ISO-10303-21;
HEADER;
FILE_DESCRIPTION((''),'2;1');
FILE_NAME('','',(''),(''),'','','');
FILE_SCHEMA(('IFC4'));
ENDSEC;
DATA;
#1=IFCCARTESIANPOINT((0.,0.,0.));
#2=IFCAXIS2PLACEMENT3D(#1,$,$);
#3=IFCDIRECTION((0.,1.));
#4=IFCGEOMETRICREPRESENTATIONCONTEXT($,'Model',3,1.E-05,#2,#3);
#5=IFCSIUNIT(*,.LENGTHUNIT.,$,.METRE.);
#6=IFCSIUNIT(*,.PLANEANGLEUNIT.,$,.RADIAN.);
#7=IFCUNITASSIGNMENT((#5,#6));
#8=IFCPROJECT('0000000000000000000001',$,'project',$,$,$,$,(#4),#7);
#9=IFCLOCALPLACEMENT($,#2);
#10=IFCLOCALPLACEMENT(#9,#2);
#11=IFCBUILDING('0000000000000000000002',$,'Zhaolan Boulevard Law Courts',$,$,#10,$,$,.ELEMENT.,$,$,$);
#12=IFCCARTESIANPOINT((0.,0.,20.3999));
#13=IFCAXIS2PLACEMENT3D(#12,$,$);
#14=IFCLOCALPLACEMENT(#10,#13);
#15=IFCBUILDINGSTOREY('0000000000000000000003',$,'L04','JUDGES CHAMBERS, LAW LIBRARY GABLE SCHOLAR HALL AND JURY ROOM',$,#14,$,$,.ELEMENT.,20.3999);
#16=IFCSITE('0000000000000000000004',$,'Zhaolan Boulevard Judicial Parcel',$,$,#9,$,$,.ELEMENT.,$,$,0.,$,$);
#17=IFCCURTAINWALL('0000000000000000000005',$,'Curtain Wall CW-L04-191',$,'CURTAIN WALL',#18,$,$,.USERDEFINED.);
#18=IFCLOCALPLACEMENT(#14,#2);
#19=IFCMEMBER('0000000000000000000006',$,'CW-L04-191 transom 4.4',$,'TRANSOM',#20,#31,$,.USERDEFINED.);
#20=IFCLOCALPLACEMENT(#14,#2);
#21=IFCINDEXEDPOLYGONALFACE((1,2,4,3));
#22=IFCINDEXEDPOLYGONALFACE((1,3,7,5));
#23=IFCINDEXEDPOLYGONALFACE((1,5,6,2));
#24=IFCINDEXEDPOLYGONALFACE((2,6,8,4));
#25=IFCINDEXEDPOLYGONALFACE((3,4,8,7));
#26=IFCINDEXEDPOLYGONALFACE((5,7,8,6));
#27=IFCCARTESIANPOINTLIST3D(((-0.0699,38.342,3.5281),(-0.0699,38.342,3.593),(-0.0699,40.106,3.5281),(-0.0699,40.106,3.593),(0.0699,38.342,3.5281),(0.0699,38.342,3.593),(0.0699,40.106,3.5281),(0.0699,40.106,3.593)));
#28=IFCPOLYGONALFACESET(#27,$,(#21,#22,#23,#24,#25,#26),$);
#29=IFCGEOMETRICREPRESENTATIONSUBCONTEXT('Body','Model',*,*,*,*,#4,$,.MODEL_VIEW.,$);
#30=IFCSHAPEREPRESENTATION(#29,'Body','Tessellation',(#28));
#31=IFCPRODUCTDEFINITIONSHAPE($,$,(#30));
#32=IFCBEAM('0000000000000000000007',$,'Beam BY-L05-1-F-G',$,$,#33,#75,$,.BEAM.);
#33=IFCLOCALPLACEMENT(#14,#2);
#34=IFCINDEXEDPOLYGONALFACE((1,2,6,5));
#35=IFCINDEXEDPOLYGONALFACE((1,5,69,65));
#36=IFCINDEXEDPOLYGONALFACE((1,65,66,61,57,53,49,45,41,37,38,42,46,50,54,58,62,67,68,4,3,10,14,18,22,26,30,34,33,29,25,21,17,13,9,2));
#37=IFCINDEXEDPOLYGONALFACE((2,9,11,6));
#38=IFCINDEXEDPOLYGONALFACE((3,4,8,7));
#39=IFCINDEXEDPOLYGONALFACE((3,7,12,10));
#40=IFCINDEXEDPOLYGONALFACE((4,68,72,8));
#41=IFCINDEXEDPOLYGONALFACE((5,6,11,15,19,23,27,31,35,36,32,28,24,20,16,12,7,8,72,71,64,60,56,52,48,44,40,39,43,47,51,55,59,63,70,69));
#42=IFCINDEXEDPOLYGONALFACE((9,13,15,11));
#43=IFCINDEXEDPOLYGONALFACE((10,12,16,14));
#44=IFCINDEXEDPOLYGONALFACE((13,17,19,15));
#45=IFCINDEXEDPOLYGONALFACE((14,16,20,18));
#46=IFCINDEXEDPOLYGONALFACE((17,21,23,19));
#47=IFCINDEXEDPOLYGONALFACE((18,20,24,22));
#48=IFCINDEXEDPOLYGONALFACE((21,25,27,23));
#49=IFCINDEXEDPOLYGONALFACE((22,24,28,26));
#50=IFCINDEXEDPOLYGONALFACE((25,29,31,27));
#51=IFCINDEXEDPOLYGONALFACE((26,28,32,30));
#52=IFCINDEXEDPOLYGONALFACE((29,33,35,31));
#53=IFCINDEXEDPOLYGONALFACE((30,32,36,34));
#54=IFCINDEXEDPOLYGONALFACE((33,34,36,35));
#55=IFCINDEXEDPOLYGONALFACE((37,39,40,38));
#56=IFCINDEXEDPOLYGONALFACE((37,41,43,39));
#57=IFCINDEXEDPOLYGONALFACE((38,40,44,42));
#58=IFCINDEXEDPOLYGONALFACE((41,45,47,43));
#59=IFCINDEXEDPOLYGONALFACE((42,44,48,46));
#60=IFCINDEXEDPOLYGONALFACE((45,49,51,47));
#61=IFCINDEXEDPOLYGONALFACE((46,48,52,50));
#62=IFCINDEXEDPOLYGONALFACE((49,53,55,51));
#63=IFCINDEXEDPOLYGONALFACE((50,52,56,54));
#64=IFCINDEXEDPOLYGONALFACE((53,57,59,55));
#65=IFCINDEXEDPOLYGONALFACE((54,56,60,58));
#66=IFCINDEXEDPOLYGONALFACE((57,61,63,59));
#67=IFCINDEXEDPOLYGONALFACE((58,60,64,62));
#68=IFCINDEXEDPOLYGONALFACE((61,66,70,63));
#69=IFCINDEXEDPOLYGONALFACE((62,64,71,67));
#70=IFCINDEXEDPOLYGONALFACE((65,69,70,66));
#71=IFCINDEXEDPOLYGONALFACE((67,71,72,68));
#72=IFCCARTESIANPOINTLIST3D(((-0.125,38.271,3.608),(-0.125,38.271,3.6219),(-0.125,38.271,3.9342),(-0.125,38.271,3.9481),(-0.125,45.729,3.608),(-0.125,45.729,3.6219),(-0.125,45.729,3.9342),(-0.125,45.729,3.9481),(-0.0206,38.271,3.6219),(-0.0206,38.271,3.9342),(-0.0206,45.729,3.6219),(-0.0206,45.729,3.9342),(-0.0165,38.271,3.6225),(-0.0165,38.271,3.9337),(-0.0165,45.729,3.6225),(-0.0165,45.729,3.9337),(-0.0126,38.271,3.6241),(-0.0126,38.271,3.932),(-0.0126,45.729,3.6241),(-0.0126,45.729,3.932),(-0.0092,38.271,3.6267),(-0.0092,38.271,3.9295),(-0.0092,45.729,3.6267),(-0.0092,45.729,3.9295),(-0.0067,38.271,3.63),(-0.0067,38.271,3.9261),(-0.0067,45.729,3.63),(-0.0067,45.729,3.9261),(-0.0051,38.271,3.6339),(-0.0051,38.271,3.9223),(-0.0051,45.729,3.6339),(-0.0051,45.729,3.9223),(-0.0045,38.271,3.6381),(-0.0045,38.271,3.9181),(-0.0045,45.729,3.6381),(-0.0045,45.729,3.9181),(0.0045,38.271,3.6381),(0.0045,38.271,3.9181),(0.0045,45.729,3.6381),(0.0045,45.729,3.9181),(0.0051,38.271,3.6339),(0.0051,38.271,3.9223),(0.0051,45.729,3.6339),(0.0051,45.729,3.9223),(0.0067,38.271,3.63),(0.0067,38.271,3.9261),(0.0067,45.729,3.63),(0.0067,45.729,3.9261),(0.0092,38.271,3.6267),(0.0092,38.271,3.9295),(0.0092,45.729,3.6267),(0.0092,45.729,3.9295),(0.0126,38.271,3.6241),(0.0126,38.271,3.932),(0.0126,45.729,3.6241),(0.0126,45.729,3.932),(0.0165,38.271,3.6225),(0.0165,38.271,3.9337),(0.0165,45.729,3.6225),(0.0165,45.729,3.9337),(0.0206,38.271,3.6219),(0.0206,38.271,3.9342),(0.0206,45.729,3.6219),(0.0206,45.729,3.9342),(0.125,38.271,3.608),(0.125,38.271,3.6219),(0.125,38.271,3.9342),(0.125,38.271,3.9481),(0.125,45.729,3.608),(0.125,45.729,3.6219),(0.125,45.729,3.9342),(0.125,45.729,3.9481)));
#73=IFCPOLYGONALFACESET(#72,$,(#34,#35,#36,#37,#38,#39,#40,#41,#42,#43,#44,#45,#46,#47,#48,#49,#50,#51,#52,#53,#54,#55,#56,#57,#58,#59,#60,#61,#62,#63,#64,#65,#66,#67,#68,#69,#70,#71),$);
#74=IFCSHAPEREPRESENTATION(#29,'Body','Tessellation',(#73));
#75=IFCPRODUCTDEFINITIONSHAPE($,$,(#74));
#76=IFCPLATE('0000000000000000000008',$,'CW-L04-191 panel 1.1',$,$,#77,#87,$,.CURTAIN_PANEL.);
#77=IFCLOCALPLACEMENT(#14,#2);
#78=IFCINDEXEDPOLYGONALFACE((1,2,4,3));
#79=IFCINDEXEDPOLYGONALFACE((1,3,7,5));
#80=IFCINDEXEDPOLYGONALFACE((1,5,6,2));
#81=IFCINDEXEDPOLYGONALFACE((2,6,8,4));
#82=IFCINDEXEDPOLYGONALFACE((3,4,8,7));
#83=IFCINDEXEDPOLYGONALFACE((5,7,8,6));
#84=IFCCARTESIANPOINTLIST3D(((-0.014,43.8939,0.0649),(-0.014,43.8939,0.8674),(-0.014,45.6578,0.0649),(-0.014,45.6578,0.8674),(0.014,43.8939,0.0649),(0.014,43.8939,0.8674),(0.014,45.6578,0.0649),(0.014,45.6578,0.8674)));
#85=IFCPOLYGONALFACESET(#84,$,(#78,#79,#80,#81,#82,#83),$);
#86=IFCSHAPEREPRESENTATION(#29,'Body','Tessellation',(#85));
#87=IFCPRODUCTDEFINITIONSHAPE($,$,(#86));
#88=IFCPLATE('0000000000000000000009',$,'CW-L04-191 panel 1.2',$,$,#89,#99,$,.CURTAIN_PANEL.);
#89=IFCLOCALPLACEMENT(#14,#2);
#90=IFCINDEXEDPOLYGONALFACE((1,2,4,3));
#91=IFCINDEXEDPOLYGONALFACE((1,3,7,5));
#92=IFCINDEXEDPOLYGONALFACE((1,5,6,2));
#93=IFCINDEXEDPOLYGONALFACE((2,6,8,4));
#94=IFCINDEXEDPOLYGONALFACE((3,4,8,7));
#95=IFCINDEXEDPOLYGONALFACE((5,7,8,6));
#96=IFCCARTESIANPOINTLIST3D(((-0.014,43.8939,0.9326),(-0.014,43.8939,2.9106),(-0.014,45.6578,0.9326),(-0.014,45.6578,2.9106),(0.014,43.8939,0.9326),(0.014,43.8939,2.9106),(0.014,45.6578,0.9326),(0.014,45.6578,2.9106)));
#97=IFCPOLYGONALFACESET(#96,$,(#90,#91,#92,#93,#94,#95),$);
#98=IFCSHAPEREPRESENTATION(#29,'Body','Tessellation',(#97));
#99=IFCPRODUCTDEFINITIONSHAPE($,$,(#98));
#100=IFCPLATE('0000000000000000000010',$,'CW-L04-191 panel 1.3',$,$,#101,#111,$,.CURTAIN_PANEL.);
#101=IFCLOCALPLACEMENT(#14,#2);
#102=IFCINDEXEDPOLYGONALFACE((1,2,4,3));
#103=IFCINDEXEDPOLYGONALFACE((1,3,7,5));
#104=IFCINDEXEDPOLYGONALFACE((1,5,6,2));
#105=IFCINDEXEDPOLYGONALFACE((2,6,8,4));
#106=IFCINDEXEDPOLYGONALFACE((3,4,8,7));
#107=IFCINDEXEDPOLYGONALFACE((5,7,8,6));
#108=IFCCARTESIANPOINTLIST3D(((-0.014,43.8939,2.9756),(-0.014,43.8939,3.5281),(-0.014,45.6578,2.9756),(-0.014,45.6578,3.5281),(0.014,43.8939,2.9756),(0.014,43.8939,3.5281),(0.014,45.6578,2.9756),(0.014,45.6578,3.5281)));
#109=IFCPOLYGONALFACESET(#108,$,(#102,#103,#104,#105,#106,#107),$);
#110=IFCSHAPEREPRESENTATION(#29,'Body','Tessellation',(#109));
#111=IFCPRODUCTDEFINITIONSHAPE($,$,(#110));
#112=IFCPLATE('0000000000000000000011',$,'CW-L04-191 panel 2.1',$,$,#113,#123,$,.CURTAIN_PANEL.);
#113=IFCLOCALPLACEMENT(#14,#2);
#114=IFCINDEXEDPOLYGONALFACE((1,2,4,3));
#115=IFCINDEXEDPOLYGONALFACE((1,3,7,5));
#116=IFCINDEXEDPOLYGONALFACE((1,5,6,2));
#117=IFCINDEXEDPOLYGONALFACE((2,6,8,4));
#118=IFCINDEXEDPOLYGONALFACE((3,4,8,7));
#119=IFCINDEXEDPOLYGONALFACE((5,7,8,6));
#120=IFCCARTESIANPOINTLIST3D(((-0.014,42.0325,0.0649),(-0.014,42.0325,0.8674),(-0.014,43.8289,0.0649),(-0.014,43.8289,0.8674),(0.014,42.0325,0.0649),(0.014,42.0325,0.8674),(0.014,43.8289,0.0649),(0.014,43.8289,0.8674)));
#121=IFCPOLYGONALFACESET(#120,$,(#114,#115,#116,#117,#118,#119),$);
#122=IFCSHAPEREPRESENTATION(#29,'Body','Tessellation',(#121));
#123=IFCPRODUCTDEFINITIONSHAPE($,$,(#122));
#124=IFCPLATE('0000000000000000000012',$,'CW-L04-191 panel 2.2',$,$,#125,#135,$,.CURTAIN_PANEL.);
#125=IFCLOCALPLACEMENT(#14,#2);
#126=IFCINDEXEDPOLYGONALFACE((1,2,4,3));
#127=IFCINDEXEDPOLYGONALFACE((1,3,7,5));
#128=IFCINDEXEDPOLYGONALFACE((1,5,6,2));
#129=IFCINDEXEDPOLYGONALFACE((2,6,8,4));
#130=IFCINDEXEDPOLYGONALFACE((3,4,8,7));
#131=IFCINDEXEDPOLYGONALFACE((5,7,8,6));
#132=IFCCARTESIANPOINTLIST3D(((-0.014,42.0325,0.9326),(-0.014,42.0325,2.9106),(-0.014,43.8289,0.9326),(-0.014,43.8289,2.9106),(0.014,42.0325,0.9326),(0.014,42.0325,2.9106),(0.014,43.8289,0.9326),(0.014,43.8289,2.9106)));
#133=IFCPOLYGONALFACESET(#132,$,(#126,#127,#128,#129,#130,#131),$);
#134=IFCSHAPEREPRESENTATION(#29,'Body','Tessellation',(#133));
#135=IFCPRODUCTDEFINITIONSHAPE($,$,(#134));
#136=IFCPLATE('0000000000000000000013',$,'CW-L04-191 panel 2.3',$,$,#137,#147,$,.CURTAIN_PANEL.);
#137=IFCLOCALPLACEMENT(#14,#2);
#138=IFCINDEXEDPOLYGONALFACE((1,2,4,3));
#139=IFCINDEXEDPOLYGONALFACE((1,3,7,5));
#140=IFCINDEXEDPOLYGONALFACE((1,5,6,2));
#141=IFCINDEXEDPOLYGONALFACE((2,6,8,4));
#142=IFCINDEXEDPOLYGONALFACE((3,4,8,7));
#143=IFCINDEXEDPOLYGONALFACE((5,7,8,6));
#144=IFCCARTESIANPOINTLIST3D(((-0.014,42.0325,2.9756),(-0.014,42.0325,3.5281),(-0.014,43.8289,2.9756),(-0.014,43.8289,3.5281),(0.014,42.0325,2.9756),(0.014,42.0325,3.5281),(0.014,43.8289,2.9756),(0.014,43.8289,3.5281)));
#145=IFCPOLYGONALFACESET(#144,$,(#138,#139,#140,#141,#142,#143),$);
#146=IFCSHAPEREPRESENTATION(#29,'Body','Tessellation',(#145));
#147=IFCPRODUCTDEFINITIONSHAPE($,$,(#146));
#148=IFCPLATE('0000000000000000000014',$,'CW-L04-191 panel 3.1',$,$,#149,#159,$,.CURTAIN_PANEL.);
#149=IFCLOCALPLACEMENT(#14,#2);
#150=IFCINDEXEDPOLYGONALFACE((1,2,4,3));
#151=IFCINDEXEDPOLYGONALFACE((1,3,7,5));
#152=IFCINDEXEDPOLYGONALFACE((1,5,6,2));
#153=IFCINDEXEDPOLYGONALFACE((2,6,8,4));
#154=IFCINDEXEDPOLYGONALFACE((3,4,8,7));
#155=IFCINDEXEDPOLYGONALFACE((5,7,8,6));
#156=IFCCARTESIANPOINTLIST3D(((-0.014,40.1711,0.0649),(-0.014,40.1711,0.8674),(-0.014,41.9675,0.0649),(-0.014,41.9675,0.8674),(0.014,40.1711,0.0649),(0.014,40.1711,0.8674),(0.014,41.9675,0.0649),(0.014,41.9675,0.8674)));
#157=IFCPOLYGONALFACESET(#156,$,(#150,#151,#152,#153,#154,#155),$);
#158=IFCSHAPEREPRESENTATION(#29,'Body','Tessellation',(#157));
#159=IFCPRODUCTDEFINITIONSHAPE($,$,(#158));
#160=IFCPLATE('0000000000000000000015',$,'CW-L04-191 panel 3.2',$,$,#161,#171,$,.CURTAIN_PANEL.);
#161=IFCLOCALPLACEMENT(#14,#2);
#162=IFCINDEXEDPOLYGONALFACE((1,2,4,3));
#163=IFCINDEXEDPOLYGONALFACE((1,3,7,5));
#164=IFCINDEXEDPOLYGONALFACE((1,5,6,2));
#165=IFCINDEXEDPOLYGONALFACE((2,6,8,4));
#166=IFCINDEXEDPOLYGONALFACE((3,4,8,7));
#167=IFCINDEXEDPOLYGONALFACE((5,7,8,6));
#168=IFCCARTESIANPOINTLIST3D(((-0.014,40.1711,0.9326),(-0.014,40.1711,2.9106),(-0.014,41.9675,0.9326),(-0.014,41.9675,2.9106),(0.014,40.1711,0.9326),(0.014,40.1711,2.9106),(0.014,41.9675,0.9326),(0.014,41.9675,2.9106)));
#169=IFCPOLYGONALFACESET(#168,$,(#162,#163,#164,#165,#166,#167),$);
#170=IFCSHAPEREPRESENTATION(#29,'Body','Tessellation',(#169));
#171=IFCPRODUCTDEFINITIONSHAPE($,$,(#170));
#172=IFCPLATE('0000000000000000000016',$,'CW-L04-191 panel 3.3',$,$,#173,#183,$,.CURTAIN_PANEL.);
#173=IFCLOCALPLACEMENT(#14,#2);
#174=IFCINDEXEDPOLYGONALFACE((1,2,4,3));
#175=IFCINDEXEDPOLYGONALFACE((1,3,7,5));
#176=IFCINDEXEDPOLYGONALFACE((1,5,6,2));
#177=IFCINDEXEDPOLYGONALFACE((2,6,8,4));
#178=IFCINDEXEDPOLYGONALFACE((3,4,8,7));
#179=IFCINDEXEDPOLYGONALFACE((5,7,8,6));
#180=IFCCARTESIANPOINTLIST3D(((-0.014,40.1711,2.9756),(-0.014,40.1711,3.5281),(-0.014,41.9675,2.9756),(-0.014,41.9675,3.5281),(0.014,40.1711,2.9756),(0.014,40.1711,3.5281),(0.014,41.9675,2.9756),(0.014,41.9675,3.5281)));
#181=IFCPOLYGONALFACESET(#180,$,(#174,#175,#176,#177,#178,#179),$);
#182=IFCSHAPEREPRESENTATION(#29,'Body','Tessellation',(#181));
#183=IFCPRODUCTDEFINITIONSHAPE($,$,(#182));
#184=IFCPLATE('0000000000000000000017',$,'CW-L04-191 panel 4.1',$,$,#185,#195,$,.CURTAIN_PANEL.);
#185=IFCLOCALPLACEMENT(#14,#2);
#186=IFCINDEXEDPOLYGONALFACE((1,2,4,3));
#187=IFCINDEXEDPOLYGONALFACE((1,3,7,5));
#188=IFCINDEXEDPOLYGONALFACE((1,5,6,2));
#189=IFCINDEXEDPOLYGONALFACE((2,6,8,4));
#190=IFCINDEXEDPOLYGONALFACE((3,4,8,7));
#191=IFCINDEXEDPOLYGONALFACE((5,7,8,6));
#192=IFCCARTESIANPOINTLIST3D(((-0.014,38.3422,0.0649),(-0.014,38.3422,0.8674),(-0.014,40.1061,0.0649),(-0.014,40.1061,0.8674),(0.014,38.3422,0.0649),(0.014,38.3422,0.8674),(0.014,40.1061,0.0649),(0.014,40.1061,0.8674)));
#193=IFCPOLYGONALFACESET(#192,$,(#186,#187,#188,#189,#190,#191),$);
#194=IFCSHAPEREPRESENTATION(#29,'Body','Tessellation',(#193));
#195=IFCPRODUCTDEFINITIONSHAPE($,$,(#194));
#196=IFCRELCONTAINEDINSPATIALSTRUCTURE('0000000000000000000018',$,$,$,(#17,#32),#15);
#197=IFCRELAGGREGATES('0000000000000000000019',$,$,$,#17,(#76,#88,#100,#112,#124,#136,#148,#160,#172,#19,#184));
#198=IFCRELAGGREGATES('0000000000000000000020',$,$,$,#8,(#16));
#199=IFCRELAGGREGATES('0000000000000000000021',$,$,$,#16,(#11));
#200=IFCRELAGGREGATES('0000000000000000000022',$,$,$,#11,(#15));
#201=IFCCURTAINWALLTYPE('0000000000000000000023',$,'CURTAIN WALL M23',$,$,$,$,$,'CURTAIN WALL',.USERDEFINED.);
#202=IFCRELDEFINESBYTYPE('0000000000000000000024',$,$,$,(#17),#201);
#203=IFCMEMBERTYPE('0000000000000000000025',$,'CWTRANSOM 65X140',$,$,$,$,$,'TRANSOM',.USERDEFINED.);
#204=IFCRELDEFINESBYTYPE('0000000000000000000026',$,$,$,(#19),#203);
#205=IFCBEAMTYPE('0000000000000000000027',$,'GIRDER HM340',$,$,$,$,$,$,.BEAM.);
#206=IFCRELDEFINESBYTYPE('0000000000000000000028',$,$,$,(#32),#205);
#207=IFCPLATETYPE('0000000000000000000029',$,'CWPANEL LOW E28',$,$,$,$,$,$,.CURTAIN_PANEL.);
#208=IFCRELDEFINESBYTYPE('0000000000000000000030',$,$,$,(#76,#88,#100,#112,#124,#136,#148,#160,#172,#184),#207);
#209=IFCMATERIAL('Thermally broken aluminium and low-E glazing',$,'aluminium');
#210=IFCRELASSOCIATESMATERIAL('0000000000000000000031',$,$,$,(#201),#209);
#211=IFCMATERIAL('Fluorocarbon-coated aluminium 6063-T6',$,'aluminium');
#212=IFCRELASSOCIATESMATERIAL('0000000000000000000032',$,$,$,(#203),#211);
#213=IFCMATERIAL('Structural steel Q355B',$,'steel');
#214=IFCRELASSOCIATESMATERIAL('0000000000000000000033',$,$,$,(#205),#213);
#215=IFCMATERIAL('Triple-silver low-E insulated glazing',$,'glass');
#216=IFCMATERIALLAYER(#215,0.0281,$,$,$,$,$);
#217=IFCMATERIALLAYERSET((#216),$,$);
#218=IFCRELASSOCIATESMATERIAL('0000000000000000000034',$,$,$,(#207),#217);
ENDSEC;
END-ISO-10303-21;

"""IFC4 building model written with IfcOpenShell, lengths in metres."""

from ifc_helpers import new_model, si_unit, direction, frame, origin, origin_2d, place, context, subcontext, project, spatial, rectangle, i_section, extrude, material, layer, layer_set, material_profile, profile_set, type_object, element, aggregate, save


model = new_model("IFC4")

# Units and contexts
model_context = context("Model", 3, precision=1e-05, world=origin(), true_north=direction((0.0, 1.0)))
body_context = subcontext(model_context, "Body", "Model", "MODEL_VIEW")
ifc_project = project(units=[si_unit("LENGTHUNIT", "METRE"), si_unit("PLANEANGLEUNIT", "RADIAN")], contexts=[model_context])

# Site, building, storey
site_placement = place(None, origin())
site = spatial("IfcSite", under=ifc_project, at=site_placement, Name="Zhaolan Boulevard Judicial Parcel", CompositionType="ELEMENT", RefElevation=0.0)
building_placement = place(site_placement, origin())
building = spatial("IfcBuilding", under=site, at=building_placement, Name="Zhaolan Boulevard Law Courts", CompositionType="ELEMENT")
storey_placement = place(building_placement, frame((0.0, 0.0, 20.3999)))
storey = spatial("IfcBuildingStorey", under=building, at=storey_placement, Name="L04", Description="JUDGES CHAMBERS, LAW LIBRARY GABLE SCHOLAR HALL AND JURY ROOM", CompositionType="ELEMENT", Elevation=20.3999)

# Curtain wall, member
ifc_material_1 = material(Name="Thermally broken aluminium and low-E glazing", Category="aluminium")
curtain_wall_type = type_object("IfcCurtainWallType", Name="CURTAIN WALL M23", ElementType="CURTAIN WALL", PredefinedType="USERDEFINED", material=ifc_material_1)
curtain_wall_placement = place(storey_placement, origin())
curtain_wall = element("IfcCurtainWall", 1, at=curtain_wall_placement, inside=storey, type_object=curtain_wall_type, Name="Curtain Wall CW-L04-191", ObjectType="CURTAIN WALL", PredefinedType="USERDEFINED")
ifc_material_2 = material(Name="Fluorocarbon-coated aluminium 6063-T6", Category="aluminium")
ifc_material_profile_1 = material_profile(ifc_material_2, rectangle(XDim=0.1399, YDim=0.0649, at=origin_2d()), Name="AL65x140")
ifc_profile_set_1 = profile_set([ifc_material_profile_1], Name="Fluorocarbon-coated aluminium 6063-T6")
member_type_1 = type_object("IfcMemberType", Name="CWTRANSOM 65X140", ElementType="TRANSOM", PredefinedType="USERDEFINED", material=ifc_profile_set_1)
member_1_placement = place(storey_placement, frame((0.0, 40.106, 3.5605), z_axis=(0.0, -1.0, 0.0), x_axis=(1.0, 0.0, 0.0)))
member_1 = element("IfcMember", 2, at=member_1_placement, type_object=member_type_1, Name="CW-L04-191 transom 4.4", ObjectType="TRANSOM", PredefinedType="USERDEFINED", context=body_context, shape_type="SweptSolid", body=[
    extrude(rectangle(XDim=0.1399, YDim=0.0649, at=origin_2d()), origin(), (0.0, 0.0, 1.0), 1.7639),
])

# Beam
ifc_material_3 = material(Name="Structural steel Q355B", Category="steel")
ifc_material_profile_2 = material_profile(ifc_material_3, i_section(OverallWidth=0.25, OverallDepth=0.3401, WebThickness=0.009, FlangeThickness=0.0139, FilletRadius=0.0161, at=origin_2d()), Name="HM340x250")
ifc_profile_set_2 = profile_set([ifc_material_profile_2], Name="Structural steel Q355B")
beam_type = type_object("IfcBeamType", Name="GIRDER HM340", PredefinedType="BEAM", material=ifc_profile_set_2)
beam_placement = place(storey_placement, frame((0.0, 38.271, 3.7781), z_axis=(0.0, 1.0, 0.0), x_axis=(-1.0, 0.0, 0.0)))
element("IfcBeam", 3, at=beam_placement, inside=storey, type_object=beam_type, Name="Beam BY-L05-1-F-G", PredefinedType="BEAM", context=body_context, shape_type="SweptSolid", body=[
    extrude(i_section(OverallWidth=0.25, OverallDepth=0.3401, WebThickness=0.009, FlangeThickness=0.0139, FilletRadius=0.0161, at=origin_2d()), origin(), (0.0, 0.0, 1.0), 7.458),
])

# Plates
ifc_material_4 = material(Name="Triple-silver low-E insulated glazing", Category="glass")
ifc_layer = layer(ifc_material_4, 0.0281)
ifc_layer_set = layer_set([ifc_layer])
plate_type = type_object("IfcPlateType", Name="CWPANEL LOW E28", PredefinedType="CURTAIN_PANEL", material=ifc_layer_set)
plate_1_placement = place(storey_placement, frame((0.0, 44.7759, 0.0649), z_axis=(0.0, 0.0, 1.0), x_axis=(0.0, -1.0, 0.0)))
plate_1 = element("IfcPlate", 4, at=plate_1_placement, type_object=plate_type, Name="CW-L04-191 panel 1.1", PredefinedType="CURTAIN_PANEL", context=body_context, shape_type="SweptSolid", body=[
    extrude(rectangle(XDim=1.7639, YDim=0.0281, at=origin_2d()), origin(), (0.0, 0.0, 1.0), 0.8025),
])
plate_2_placement = place(storey_placement, frame((0.0, 44.7759, 0.9326), z_axis=(0.0, 0.0, 1.0), x_axis=(0.0, -1.0, 0.0)))
plate_2 = element("IfcPlate", 5, at=plate_2_placement, type_object=plate_type, Name="CW-L04-191 panel 1.2", PredefinedType="CURTAIN_PANEL", context=body_context, shape_type="SweptSolid", body=[
    extrude(rectangle(XDim=1.7639, YDim=0.0281, at=origin_2d()), origin(), (0.0, 0.0, 1.0), 1.978),
])
plate_3_placement = place(storey_placement, frame((0.0, 44.7759, 2.9756), z_axis=(0.0, 0.0, 1.0), x_axis=(0.0, -1.0, 0.0)))
plate_3 = element("IfcPlate", 6, at=plate_3_placement, type_object=plate_type, Name="CW-L04-191 panel 1.3", PredefinedType="CURTAIN_PANEL", context=body_context, shape_type="SweptSolid", body=[
    extrude(rectangle(XDim=1.7639, YDim=0.0281, at=origin_2d()), origin(), (0.0, 0.0, 1.0), 0.5525),
])
plate_4_placement = place(storey_placement, frame((0.0, 42.9307, 0.0649), z_axis=(0.0, 0.0, 1.0), x_axis=(0.0, -1.0, 0.0)))
plate_4 = element("IfcPlate", 7, at=plate_4_placement, type_object=plate_type, Name="CW-L04-191 panel 2.1", PredefinedType="CURTAIN_PANEL", context=body_context, shape_type="SweptSolid", body=[
    extrude(rectangle(XDim=1.7964, YDim=0.0281, at=origin_2d()), origin(), (0.0, 0.0, 1.0), 0.8025),
])
plate_5_placement = place(storey_placement, frame((0.0, 42.9307, 0.9326), z_axis=(0.0, 0.0, 1.0), x_axis=(0.0, -1.0, 0.0)))
plate_5 = element("IfcPlate", 8, at=plate_5_placement, type_object=plate_type, Name="CW-L04-191 panel 2.2", PredefinedType="CURTAIN_PANEL", context=body_context, shape_type="SweptSolid", body=[
    extrude(rectangle(XDim=1.7964, YDim=0.0281, at=origin_2d()), origin(), (0.0, 0.0, 1.0), 1.978),
])
plate_6_placement = place(storey_placement, frame((0.0, 42.9307, 2.9756), z_axis=(0.0, 0.0, 1.0), x_axis=(0.0, -1.0, 0.0)))
plate_6 = element("IfcPlate", 9, at=plate_6_placement, type_object=plate_type, Name="CW-L04-191 panel 2.3", PredefinedType="CURTAIN_PANEL", context=body_context, shape_type="SweptSolid", body=[
    extrude(rectangle(XDim=1.7964, YDim=0.0281, at=origin_2d()), origin(), (0.0, 0.0, 1.0), 0.5525),
])
plate_7_placement = place(storey_placement, frame((0.0, 41.0693, 0.0649), z_axis=(0.0, 0.0, 1.0), x_axis=(0.0, -1.0, 0.0)))
plate_7 = element("IfcPlate", 10, at=plate_7_placement, type_object=plate_type, Name="CW-L04-191 panel 3.1", PredefinedType="CURTAIN_PANEL", context=body_context, shape_type="SweptSolid", body=[
    extrude(rectangle(XDim=1.7964, YDim=0.0281, at=origin_2d()), origin(), (0.0, 0.0, 1.0), 0.8025),
])
plate_8_placement = place(storey_placement, frame((0.0, 41.0693, 0.9326), z_axis=(0.0, 0.0, 1.0), x_axis=(0.0, -1.0, 0.0)))
plate_8 = element("IfcPlate", 11, at=plate_8_placement, type_object=plate_type, Name="CW-L04-191 panel 3.2", PredefinedType="CURTAIN_PANEL", context=body_context, shape_type="SweptSolid", body=[
    extrude(rectangle(XDim=1.7964, YDim=0.0281, at=origin_2d()), origin(), (0.0, 0.0, 1.0), 1.978),
])
plate_9_placement = place(storey_placement, frame((0.0, 41.0693, 2.9756), z_axis=(0.0, 0.0, 1.0), x_axis=(0.0, -1.0, 0.0)))
plate_9 = element("IfcPlate", 12, at=plate_9_placement, type_object=plate_type, Name="CW-L04-191 panel 3.3", PredefinedType="CURTAIN_PANEL", context=body_context, shape_type="SweptSolid", body=[
    extrude(rectangle(XDim=1.7964, YDim=0.0281, at=origin_2d()), origin(), (0.0, 0.0, 1.0), 0.5525),
])
plate_10_placement = place(storey_placement, frame((0.0, 39.2241, 0.0649), z_axis=(0.0, 0.0, 1.0), x_axis=(0.0, -1.0, 0.0)))
plate_10 = element("IfcPlate", 13, at=plate_10_placement, type_object=plate_type, Name="CW-L04-191 panel 4.1", PredefinedType="CURTAIN_PANEL", context=body_context, shape_type="SweptSolid", body=[
    extrude(rectangle(XDim=1.7639, YDim=0.0281, at=origin_2d()), origin(), (0.0, 0.0, 1.0), 0.8025),
])
aggregate(curtain_wall, [plate_1, plate_2, plate_3, plate_4, plate_5, plate_6, plate_7, plate_8, plate_9, member_1, plate_10])

save(model, "model.ifc")
